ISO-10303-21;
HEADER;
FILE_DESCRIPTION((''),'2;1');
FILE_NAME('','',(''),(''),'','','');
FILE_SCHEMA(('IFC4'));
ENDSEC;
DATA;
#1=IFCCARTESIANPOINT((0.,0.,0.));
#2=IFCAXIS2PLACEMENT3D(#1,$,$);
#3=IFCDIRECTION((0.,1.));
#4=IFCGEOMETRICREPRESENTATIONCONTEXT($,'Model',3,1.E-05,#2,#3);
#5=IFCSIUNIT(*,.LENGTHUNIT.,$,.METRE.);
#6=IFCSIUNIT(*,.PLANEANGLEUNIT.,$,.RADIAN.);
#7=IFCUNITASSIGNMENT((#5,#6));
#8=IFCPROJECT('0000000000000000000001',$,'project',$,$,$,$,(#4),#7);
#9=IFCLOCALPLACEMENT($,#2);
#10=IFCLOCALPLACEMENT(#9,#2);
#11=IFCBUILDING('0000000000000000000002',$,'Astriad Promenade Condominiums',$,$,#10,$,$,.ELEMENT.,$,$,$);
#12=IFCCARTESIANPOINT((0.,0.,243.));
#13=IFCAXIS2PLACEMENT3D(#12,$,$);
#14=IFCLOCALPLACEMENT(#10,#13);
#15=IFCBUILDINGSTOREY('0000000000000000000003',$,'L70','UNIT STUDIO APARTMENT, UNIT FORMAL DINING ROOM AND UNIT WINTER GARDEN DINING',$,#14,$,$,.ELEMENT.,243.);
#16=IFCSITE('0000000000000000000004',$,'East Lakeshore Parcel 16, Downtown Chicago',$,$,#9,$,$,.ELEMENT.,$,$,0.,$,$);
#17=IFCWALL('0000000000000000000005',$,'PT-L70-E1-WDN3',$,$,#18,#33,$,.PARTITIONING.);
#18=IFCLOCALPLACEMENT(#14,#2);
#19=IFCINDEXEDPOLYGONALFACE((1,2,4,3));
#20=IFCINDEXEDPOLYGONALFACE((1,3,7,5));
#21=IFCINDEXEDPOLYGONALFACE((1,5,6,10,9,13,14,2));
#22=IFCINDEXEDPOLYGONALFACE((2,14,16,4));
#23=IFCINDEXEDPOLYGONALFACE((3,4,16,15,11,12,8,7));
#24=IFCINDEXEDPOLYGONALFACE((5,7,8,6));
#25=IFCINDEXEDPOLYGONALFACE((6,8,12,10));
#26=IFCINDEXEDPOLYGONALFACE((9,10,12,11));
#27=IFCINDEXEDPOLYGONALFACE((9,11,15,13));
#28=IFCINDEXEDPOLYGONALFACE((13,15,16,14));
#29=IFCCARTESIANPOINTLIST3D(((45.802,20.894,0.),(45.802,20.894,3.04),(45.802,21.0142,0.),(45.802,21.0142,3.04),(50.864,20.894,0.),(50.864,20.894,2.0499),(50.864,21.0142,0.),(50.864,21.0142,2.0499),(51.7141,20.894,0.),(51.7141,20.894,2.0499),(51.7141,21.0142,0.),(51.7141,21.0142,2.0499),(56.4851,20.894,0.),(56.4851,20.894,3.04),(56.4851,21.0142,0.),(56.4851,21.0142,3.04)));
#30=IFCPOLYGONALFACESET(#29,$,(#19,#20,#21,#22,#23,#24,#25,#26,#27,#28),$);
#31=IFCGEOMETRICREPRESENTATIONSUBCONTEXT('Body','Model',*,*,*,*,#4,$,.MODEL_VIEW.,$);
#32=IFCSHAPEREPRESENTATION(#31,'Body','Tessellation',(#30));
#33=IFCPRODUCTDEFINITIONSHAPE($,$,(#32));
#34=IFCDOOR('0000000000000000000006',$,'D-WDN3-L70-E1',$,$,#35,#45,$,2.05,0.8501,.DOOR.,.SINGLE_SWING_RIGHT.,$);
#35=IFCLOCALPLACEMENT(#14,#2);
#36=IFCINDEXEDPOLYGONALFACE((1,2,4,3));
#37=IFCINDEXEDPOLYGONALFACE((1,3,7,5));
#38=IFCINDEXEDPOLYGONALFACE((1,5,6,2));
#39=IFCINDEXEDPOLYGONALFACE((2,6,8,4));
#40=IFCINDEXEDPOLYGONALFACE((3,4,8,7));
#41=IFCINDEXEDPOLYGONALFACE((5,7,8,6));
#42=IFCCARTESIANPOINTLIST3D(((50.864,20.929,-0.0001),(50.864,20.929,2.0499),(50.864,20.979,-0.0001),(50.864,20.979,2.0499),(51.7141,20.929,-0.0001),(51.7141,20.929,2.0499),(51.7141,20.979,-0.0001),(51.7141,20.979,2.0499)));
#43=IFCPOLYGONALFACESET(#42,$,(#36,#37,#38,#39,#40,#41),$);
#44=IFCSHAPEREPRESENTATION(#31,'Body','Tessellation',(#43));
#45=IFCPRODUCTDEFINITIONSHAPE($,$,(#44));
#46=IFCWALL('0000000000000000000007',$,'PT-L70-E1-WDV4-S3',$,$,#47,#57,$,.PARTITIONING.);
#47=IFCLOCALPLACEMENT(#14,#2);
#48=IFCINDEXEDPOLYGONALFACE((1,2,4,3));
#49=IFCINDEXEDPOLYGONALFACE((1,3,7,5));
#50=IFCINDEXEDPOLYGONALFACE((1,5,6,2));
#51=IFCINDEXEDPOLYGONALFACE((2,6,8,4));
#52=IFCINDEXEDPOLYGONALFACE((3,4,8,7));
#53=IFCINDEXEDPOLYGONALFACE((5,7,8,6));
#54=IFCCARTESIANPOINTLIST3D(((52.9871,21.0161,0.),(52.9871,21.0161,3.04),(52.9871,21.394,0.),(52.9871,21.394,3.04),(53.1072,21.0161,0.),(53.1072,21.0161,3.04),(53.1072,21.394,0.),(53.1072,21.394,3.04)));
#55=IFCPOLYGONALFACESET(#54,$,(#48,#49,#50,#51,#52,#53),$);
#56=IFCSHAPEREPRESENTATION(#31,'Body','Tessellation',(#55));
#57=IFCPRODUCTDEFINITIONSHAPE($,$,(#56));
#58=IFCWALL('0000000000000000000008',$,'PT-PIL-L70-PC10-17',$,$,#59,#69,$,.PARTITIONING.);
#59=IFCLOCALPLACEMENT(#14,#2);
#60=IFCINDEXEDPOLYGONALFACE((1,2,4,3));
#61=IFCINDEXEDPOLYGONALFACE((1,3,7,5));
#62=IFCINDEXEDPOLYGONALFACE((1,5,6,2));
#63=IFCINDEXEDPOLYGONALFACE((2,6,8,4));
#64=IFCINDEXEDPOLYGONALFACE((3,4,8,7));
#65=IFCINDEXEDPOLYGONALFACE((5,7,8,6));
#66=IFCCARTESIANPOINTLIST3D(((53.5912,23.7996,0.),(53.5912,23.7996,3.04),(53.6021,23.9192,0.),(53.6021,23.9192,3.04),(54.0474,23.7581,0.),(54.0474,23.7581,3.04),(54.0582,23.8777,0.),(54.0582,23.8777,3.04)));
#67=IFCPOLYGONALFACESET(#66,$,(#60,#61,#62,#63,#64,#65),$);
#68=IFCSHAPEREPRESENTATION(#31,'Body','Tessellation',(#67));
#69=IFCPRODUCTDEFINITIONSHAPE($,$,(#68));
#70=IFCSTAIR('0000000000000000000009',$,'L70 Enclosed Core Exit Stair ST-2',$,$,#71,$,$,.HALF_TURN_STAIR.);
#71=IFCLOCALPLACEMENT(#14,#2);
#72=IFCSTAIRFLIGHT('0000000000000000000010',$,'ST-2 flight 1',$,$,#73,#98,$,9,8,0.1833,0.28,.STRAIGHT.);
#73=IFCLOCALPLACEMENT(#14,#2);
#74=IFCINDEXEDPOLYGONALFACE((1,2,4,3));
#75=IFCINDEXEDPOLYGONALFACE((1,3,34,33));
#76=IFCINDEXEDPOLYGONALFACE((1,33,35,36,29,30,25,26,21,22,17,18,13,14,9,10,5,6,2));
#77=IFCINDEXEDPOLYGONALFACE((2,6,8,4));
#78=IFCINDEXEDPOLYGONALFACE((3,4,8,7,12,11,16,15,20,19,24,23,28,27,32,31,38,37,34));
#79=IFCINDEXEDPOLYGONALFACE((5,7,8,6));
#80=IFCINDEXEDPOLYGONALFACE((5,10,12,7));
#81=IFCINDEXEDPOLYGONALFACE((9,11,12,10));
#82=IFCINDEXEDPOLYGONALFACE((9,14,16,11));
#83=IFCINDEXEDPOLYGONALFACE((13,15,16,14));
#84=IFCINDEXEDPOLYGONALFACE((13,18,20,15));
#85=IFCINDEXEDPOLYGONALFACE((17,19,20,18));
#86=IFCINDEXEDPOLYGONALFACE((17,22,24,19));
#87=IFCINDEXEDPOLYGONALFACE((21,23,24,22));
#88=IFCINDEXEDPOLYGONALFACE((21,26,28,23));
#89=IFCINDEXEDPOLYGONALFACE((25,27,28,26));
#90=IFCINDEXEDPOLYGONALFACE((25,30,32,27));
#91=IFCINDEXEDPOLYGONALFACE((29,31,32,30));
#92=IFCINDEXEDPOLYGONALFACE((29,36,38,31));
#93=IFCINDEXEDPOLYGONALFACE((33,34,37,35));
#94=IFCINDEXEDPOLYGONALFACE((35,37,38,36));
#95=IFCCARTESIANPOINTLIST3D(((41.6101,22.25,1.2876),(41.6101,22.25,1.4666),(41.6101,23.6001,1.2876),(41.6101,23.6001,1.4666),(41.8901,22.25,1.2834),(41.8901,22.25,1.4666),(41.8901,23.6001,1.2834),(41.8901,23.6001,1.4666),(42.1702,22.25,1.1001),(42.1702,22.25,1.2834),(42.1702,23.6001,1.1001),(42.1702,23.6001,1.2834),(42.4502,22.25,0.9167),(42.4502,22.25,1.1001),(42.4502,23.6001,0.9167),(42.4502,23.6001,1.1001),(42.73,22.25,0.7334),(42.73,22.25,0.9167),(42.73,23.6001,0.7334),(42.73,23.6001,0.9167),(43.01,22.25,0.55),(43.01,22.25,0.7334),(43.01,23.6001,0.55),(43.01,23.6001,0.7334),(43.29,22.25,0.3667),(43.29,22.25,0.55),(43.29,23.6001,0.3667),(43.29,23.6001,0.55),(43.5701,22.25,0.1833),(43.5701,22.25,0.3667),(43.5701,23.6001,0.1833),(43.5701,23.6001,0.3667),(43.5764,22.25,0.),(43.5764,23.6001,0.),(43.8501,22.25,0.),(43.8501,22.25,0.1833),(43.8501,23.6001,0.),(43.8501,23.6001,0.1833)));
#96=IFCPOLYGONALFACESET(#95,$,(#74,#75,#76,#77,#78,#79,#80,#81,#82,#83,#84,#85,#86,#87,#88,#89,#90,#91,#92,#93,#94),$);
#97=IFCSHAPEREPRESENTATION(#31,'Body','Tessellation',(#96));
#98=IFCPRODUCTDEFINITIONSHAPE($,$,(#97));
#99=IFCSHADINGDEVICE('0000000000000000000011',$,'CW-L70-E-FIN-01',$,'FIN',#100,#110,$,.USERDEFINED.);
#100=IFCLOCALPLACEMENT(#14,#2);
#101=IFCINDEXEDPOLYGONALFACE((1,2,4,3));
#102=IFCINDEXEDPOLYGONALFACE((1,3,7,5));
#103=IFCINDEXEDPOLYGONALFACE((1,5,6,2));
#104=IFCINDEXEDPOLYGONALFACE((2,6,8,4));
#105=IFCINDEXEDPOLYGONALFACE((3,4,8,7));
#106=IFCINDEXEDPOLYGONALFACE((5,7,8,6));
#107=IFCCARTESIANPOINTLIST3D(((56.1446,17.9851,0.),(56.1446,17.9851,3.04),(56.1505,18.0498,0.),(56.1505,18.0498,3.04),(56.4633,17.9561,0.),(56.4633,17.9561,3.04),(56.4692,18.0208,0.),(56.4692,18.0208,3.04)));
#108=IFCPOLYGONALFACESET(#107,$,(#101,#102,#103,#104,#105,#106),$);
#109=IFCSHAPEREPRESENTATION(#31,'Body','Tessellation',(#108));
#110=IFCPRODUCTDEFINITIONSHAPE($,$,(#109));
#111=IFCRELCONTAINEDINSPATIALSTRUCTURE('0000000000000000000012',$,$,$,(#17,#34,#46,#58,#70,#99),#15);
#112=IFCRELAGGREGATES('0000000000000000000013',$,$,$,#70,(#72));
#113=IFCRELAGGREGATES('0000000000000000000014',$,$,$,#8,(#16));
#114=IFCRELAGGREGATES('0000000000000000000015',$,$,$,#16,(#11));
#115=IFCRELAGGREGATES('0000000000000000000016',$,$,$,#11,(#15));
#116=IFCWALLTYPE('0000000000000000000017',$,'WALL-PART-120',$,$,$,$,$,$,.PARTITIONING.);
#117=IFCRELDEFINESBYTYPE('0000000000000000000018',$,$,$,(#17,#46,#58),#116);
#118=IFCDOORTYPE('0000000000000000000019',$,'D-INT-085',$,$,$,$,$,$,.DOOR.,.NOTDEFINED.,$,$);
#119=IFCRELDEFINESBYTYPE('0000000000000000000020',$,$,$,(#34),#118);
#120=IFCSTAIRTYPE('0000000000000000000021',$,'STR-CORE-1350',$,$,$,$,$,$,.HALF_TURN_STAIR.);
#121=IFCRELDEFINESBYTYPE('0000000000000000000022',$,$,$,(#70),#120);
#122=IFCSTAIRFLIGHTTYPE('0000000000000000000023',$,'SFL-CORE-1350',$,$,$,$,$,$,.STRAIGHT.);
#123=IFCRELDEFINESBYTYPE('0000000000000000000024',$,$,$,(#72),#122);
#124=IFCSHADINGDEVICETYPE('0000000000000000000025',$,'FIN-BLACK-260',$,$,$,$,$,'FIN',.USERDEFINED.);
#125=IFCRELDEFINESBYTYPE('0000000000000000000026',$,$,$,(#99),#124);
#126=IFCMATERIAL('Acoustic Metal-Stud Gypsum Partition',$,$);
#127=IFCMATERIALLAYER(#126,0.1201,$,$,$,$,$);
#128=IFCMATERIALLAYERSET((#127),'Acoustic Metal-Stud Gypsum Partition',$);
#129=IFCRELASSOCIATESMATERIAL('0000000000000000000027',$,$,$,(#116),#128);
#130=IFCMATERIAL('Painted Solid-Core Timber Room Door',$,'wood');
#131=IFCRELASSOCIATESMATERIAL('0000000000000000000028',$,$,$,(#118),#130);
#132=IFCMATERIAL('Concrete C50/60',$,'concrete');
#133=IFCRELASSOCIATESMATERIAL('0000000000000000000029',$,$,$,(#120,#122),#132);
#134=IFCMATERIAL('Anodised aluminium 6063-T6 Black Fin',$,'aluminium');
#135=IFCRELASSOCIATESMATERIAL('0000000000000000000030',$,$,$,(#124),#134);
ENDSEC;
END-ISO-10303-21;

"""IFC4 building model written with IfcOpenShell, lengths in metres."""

from ifc_helpers import new_model, si_unit, direction, frame, frame_2d, origin, origin_2d, place, context, subcontext, project, spatial, polyline, rectangle, outline, extrude, source, transform, mapped, material, layer, layer_set, type_object, type_shapes, element, fill, aggregate, save


model = new_model("IFC4")

# Units and contexts
model_context = context("Model", 3, precision=1e-05, world=origin(), true_north=direction((0.0, 1.0)))
body_context = subcontext(model_context, "Body", "Model", "MODEL_VIEW")
ifc_project = project(units=[si_unit("LENGTHUNIT", "METRE"), si_unit("PLANEANGLEUNIT", "RADIAN")], contexts=[model_context])

# Site, building, storey
site_placement = place(None, origin())
site = spatial("IfcSite", under=ifc_project, at=site_placement, Name="East Lakeshore Parcel 16, Downtown Chicago", CompositionType="ELEMENT", RefElevation=0.0)
building_placement = place(site_placement, origin())
building = spatial("IfcBuilding", under=site, at=building_placement, Name="Astriad Promenade Condominiums", CompositionType="ELEMENT")
storey_placement = place(building_placement, frame((0.0, 0.0, 243.0)))
storey = spatial("IfcBuildingStorey", under=building, at=storey_placement, Name="L70", Description="UNIT STUDIO APARTMENT, UNIT FORMAL DINING ROOM AND UNIT WINTER GARDEN DINING", CompositionType="ELEMENT", Elevation=243.0)

# Shared definitions
ifc_material_1 = material(Name="Concrete C50/60", Category="concrete")

# Shared definitions
ifc_material_2 = material(Name="Acoustic Metal-Stud Gypsum Partition")
ifc_layer_1 = layer(ifc_material_2, 0.1201)
ifc_layer_set_1 = layer_set([ifc_layer_1], Name="Acoustic Metal-Stud Gypsum Partition")
wall_type_1 = type_object("IfcWallType", Name="WALL-PART-120", PredefinedType="PARTITIONING", material=ifc_layer_set_1)

# Wall, opening, door
ifc_material_3 = material(Name="Painted Solid-Core Timber Room Door", Category="wood")
door_type = type_object("IfcDoorType", Name="D-INT-085", OperationType="NOTDEFINED", PredefinedType="DOOR", material=ifc_material_3)
shared_shape_1 = source(origin(), body_context, "Body", "SweptSolid", [
    extrude(rectangle(XDim=0.8501, YDim=2.05, at=frame_2d((0.425, 1.0249))), frame((0.0, 0.0249, 0.0), z_axis=(0.0, -1.0, 0.0), x_axis=(1.0, 0.0, 0.0)), (0.0, 0.0, 1.0), 0.05),
])
type_shapes(door_type, [shared_shape_1])
wall_1_placement = place(storey_placement, frame((45.802, 20.9541, 0.0), z_axis=(0.0, 0.0, 1.0), x_axis=(1.0, 0.0, 0.0)))
wall_1 = element("IfcWall", 1, at=wall_1_placement, inside=storey, type_object=wall_type_1, Name="PT-L70-E1-WDN3", PredefinedType="PARTITIONING", context=body_context, shape_type="SweptSolid", body=[
    extrude(rectangle(XDim=10.6831, YDim=0.1201, at=frame_2d((5.3416, 0.0))), origin(), (0.0, 0.0, 1.0), 3.04),
])
opening_1_placement = place(wall_1_placement, frame((5.062, 0.0, 0.0)))
opening_1 = element("IfcOpeningElement", 2, at=opening_1_placement, cuts=wall_1, PredefinedType="OPENING", context=body_context, shape_type="SweptSolid", body=[
    extrude(rectangle(XDim=0.8501, YDim=2.05, at=frame_2d((0.425, 1.0249))), frame((0.0, 0.0701, 0.0), z_axis=(0.0, -1.0, 0.0), x_axis=(1.0, 0.0, 0.0)), (0.0, 0.0, 1.0), 0.1401),
])
door_1_placement = place(opening_1_placement, origin())
door_1 = element("IfcDoor", 3, at=door_1_placement, inside=storey, type_object=door_type, Name="D-WDN3-L70-E1", OperationType="SINGLE_SWING_RIGHT", OverallHeight=2.05, OverallWidth=0.8501, PredefinedType="DOOR", context=body_context, shape_type="MappedRepresentation", body=[
    mapped(shared_shape_1, transform((0.0, 0.0, 0.0), scale=1.0)),
])
fill(opening_1, door_1)

# Walls
wall_2_placement = place(storey_placement, frame((53.0471, 21.0161, 0.0), z_axis=(0.0, 0.0, 1.0), x_axis=(0.0, 1.0, 0.0)))
element("IfcWall", 4, at=wall_2_placement, inside=storey, type_object=wall_type_1, Name="PT-L70-E1-WDV4-S3", PredefinedType="PARTITIONING", context=body_context, shape_type="SweptSolid", body=[
    extrude(rectangle(XDim=0.3779, YDim=0.1201, at=frame_2d((0.189, 0.0))), origin(), (0.0, 0.0, 1.0), 3.04),
])
wall_3_placement = place(storey_placement, frame((53.5967, 23.8594, 0.0), z_axis=(0.0, 0.0, 1.0), x_axis=(0.995884, -0.090632, 0.0)))
element("IfcWall", 5, at=wall_3_placement, inside=storey, type_object=wall_type_1, Name="PT-PIL-L70-PC10-17", PredefinedType="PARTITIONING", context=body_context, shape_type="SweptSolid", body=[
    extrude(rectangle(XDim=0.458, YDim=0.1201, at=frame_2d((0.229, 0.0))), origin(), (0.0, 0.0, 1.0), 3.04),
])

# Stair, stair flight
stair_type = type_object("IfcStairType", Name="STR-CORE-1350", PredefinedType="HALF_TURN_STAIR", material=ifc_material_1)
stair_placement = place(storey_placement, origin())
stair = element("IfcStair", 6, at=stair_placement, inside=storey, type_object=stair_type, Name="L70 Enclosed Core Exit Stair ST-2", PredefinedType="HALF_TURN_STAIR")
stair_flight_type = type_object("IfcStairFlightType", Name="SFL-CORE-1350", PredefinedType="STRAIGHT", material=ifc_material_1)
shared_shape_2 = source(origin(), body_context, "Body", "SweptSolid", [
    extrude(outline(polyline([(0.0, 0.0), (0.0, 0.1833), (0.28, 0.1833), (0.28, 0.3667), (0.5601, 0.3667), (0.5601, 0.55), (0.8401, 0.55), (0.8401, 0.7334), (1.1201, 0.7334), (1.1201, 0.9167), (1.3999, 0.9167), (1.3999, 1.1001), (1.6799, 1.1001), (1.6799, 1.2834), (1.96, 1.2834), (1.96, 1.4666), (2.24, 1.4666), (2.24, 1.6499), (2.24, 1.2876), (0.2737, 0.0), (0.0, 0.0)])), frame((0.0, 0.675, 0.0), z_axis=(0.0, -1.0, 0.0), x_axis=(1.0, 0.0, 0.0)), (0.0, 0.0, 1.0), 1.3501),
])
type_shapes(stair_flight_type, [shared_shape_2])
stair_flight_placement = place(storey_placement, frame((43.8501, 22.925, 0.0), z_axis=(0.0, 0.0, 1.0), x_axis=(-1.0, 0.0, 0.0)))
stair_flight = element("IfcStairFlight", 7, at=stair_flight_placement, type_object=stair_flight_type, Name="ST-2 flight 1", NumberOfRisers=9, NumberOfTreads=8, PredefinedType="STRAIGHT", RiserHeight=0.1833, TreadLength=0.28, context=body_context, shape_type="MappedRepresentation", body=[
    mapped(shared_shape_2, transform((0.0, 0.0, 0.0), scale=1.0)),
])
aggregate(stair, [stair_flight])

# Shading device
ifc_material_4 = material(Name="Anodised aluminium 6063-T6 Black Fin", Category="aluminium")
shading_device_type = type_object("IfcShadingDeviceType", Name="FIN-BLACK-260", ElementType="FIN", PredefinedType="USERDEFINED", material=ifc_material_4)
shared_shape_3 = source(origin(), body_context, "Body", "SweptSolid", [
    extrude(rectangle(XDim=0.0649, YDim=0.3201, at=origin_2d()), origin(), (0.0, 0.0, 1.0), 3.04),
])
type_shapes(shading_device_type, [shared_shape_3])
shading_device_placement = place(storey_placement, frame((56.3069, 18.0029, 0.0), z_axis=(0.0, 0.0, 1.0), x_axis=(-0.090633, -0.995884, 0.0)))
element("IfcShadingDevice", 8, at=shading_device_placement, inside=storey, type_object=shading_device_type, Name="CW-L70-E-FIN-01", ObjectType="FIN", PredefinedType="USERDEFINED", context=body_context, shape_type="MappedRepresentation", body=[
    mapped(shared_shape_3, transform((0.0, 0.0, 0.0), scale=1.0)),
])

save(model, "model.ifc")
